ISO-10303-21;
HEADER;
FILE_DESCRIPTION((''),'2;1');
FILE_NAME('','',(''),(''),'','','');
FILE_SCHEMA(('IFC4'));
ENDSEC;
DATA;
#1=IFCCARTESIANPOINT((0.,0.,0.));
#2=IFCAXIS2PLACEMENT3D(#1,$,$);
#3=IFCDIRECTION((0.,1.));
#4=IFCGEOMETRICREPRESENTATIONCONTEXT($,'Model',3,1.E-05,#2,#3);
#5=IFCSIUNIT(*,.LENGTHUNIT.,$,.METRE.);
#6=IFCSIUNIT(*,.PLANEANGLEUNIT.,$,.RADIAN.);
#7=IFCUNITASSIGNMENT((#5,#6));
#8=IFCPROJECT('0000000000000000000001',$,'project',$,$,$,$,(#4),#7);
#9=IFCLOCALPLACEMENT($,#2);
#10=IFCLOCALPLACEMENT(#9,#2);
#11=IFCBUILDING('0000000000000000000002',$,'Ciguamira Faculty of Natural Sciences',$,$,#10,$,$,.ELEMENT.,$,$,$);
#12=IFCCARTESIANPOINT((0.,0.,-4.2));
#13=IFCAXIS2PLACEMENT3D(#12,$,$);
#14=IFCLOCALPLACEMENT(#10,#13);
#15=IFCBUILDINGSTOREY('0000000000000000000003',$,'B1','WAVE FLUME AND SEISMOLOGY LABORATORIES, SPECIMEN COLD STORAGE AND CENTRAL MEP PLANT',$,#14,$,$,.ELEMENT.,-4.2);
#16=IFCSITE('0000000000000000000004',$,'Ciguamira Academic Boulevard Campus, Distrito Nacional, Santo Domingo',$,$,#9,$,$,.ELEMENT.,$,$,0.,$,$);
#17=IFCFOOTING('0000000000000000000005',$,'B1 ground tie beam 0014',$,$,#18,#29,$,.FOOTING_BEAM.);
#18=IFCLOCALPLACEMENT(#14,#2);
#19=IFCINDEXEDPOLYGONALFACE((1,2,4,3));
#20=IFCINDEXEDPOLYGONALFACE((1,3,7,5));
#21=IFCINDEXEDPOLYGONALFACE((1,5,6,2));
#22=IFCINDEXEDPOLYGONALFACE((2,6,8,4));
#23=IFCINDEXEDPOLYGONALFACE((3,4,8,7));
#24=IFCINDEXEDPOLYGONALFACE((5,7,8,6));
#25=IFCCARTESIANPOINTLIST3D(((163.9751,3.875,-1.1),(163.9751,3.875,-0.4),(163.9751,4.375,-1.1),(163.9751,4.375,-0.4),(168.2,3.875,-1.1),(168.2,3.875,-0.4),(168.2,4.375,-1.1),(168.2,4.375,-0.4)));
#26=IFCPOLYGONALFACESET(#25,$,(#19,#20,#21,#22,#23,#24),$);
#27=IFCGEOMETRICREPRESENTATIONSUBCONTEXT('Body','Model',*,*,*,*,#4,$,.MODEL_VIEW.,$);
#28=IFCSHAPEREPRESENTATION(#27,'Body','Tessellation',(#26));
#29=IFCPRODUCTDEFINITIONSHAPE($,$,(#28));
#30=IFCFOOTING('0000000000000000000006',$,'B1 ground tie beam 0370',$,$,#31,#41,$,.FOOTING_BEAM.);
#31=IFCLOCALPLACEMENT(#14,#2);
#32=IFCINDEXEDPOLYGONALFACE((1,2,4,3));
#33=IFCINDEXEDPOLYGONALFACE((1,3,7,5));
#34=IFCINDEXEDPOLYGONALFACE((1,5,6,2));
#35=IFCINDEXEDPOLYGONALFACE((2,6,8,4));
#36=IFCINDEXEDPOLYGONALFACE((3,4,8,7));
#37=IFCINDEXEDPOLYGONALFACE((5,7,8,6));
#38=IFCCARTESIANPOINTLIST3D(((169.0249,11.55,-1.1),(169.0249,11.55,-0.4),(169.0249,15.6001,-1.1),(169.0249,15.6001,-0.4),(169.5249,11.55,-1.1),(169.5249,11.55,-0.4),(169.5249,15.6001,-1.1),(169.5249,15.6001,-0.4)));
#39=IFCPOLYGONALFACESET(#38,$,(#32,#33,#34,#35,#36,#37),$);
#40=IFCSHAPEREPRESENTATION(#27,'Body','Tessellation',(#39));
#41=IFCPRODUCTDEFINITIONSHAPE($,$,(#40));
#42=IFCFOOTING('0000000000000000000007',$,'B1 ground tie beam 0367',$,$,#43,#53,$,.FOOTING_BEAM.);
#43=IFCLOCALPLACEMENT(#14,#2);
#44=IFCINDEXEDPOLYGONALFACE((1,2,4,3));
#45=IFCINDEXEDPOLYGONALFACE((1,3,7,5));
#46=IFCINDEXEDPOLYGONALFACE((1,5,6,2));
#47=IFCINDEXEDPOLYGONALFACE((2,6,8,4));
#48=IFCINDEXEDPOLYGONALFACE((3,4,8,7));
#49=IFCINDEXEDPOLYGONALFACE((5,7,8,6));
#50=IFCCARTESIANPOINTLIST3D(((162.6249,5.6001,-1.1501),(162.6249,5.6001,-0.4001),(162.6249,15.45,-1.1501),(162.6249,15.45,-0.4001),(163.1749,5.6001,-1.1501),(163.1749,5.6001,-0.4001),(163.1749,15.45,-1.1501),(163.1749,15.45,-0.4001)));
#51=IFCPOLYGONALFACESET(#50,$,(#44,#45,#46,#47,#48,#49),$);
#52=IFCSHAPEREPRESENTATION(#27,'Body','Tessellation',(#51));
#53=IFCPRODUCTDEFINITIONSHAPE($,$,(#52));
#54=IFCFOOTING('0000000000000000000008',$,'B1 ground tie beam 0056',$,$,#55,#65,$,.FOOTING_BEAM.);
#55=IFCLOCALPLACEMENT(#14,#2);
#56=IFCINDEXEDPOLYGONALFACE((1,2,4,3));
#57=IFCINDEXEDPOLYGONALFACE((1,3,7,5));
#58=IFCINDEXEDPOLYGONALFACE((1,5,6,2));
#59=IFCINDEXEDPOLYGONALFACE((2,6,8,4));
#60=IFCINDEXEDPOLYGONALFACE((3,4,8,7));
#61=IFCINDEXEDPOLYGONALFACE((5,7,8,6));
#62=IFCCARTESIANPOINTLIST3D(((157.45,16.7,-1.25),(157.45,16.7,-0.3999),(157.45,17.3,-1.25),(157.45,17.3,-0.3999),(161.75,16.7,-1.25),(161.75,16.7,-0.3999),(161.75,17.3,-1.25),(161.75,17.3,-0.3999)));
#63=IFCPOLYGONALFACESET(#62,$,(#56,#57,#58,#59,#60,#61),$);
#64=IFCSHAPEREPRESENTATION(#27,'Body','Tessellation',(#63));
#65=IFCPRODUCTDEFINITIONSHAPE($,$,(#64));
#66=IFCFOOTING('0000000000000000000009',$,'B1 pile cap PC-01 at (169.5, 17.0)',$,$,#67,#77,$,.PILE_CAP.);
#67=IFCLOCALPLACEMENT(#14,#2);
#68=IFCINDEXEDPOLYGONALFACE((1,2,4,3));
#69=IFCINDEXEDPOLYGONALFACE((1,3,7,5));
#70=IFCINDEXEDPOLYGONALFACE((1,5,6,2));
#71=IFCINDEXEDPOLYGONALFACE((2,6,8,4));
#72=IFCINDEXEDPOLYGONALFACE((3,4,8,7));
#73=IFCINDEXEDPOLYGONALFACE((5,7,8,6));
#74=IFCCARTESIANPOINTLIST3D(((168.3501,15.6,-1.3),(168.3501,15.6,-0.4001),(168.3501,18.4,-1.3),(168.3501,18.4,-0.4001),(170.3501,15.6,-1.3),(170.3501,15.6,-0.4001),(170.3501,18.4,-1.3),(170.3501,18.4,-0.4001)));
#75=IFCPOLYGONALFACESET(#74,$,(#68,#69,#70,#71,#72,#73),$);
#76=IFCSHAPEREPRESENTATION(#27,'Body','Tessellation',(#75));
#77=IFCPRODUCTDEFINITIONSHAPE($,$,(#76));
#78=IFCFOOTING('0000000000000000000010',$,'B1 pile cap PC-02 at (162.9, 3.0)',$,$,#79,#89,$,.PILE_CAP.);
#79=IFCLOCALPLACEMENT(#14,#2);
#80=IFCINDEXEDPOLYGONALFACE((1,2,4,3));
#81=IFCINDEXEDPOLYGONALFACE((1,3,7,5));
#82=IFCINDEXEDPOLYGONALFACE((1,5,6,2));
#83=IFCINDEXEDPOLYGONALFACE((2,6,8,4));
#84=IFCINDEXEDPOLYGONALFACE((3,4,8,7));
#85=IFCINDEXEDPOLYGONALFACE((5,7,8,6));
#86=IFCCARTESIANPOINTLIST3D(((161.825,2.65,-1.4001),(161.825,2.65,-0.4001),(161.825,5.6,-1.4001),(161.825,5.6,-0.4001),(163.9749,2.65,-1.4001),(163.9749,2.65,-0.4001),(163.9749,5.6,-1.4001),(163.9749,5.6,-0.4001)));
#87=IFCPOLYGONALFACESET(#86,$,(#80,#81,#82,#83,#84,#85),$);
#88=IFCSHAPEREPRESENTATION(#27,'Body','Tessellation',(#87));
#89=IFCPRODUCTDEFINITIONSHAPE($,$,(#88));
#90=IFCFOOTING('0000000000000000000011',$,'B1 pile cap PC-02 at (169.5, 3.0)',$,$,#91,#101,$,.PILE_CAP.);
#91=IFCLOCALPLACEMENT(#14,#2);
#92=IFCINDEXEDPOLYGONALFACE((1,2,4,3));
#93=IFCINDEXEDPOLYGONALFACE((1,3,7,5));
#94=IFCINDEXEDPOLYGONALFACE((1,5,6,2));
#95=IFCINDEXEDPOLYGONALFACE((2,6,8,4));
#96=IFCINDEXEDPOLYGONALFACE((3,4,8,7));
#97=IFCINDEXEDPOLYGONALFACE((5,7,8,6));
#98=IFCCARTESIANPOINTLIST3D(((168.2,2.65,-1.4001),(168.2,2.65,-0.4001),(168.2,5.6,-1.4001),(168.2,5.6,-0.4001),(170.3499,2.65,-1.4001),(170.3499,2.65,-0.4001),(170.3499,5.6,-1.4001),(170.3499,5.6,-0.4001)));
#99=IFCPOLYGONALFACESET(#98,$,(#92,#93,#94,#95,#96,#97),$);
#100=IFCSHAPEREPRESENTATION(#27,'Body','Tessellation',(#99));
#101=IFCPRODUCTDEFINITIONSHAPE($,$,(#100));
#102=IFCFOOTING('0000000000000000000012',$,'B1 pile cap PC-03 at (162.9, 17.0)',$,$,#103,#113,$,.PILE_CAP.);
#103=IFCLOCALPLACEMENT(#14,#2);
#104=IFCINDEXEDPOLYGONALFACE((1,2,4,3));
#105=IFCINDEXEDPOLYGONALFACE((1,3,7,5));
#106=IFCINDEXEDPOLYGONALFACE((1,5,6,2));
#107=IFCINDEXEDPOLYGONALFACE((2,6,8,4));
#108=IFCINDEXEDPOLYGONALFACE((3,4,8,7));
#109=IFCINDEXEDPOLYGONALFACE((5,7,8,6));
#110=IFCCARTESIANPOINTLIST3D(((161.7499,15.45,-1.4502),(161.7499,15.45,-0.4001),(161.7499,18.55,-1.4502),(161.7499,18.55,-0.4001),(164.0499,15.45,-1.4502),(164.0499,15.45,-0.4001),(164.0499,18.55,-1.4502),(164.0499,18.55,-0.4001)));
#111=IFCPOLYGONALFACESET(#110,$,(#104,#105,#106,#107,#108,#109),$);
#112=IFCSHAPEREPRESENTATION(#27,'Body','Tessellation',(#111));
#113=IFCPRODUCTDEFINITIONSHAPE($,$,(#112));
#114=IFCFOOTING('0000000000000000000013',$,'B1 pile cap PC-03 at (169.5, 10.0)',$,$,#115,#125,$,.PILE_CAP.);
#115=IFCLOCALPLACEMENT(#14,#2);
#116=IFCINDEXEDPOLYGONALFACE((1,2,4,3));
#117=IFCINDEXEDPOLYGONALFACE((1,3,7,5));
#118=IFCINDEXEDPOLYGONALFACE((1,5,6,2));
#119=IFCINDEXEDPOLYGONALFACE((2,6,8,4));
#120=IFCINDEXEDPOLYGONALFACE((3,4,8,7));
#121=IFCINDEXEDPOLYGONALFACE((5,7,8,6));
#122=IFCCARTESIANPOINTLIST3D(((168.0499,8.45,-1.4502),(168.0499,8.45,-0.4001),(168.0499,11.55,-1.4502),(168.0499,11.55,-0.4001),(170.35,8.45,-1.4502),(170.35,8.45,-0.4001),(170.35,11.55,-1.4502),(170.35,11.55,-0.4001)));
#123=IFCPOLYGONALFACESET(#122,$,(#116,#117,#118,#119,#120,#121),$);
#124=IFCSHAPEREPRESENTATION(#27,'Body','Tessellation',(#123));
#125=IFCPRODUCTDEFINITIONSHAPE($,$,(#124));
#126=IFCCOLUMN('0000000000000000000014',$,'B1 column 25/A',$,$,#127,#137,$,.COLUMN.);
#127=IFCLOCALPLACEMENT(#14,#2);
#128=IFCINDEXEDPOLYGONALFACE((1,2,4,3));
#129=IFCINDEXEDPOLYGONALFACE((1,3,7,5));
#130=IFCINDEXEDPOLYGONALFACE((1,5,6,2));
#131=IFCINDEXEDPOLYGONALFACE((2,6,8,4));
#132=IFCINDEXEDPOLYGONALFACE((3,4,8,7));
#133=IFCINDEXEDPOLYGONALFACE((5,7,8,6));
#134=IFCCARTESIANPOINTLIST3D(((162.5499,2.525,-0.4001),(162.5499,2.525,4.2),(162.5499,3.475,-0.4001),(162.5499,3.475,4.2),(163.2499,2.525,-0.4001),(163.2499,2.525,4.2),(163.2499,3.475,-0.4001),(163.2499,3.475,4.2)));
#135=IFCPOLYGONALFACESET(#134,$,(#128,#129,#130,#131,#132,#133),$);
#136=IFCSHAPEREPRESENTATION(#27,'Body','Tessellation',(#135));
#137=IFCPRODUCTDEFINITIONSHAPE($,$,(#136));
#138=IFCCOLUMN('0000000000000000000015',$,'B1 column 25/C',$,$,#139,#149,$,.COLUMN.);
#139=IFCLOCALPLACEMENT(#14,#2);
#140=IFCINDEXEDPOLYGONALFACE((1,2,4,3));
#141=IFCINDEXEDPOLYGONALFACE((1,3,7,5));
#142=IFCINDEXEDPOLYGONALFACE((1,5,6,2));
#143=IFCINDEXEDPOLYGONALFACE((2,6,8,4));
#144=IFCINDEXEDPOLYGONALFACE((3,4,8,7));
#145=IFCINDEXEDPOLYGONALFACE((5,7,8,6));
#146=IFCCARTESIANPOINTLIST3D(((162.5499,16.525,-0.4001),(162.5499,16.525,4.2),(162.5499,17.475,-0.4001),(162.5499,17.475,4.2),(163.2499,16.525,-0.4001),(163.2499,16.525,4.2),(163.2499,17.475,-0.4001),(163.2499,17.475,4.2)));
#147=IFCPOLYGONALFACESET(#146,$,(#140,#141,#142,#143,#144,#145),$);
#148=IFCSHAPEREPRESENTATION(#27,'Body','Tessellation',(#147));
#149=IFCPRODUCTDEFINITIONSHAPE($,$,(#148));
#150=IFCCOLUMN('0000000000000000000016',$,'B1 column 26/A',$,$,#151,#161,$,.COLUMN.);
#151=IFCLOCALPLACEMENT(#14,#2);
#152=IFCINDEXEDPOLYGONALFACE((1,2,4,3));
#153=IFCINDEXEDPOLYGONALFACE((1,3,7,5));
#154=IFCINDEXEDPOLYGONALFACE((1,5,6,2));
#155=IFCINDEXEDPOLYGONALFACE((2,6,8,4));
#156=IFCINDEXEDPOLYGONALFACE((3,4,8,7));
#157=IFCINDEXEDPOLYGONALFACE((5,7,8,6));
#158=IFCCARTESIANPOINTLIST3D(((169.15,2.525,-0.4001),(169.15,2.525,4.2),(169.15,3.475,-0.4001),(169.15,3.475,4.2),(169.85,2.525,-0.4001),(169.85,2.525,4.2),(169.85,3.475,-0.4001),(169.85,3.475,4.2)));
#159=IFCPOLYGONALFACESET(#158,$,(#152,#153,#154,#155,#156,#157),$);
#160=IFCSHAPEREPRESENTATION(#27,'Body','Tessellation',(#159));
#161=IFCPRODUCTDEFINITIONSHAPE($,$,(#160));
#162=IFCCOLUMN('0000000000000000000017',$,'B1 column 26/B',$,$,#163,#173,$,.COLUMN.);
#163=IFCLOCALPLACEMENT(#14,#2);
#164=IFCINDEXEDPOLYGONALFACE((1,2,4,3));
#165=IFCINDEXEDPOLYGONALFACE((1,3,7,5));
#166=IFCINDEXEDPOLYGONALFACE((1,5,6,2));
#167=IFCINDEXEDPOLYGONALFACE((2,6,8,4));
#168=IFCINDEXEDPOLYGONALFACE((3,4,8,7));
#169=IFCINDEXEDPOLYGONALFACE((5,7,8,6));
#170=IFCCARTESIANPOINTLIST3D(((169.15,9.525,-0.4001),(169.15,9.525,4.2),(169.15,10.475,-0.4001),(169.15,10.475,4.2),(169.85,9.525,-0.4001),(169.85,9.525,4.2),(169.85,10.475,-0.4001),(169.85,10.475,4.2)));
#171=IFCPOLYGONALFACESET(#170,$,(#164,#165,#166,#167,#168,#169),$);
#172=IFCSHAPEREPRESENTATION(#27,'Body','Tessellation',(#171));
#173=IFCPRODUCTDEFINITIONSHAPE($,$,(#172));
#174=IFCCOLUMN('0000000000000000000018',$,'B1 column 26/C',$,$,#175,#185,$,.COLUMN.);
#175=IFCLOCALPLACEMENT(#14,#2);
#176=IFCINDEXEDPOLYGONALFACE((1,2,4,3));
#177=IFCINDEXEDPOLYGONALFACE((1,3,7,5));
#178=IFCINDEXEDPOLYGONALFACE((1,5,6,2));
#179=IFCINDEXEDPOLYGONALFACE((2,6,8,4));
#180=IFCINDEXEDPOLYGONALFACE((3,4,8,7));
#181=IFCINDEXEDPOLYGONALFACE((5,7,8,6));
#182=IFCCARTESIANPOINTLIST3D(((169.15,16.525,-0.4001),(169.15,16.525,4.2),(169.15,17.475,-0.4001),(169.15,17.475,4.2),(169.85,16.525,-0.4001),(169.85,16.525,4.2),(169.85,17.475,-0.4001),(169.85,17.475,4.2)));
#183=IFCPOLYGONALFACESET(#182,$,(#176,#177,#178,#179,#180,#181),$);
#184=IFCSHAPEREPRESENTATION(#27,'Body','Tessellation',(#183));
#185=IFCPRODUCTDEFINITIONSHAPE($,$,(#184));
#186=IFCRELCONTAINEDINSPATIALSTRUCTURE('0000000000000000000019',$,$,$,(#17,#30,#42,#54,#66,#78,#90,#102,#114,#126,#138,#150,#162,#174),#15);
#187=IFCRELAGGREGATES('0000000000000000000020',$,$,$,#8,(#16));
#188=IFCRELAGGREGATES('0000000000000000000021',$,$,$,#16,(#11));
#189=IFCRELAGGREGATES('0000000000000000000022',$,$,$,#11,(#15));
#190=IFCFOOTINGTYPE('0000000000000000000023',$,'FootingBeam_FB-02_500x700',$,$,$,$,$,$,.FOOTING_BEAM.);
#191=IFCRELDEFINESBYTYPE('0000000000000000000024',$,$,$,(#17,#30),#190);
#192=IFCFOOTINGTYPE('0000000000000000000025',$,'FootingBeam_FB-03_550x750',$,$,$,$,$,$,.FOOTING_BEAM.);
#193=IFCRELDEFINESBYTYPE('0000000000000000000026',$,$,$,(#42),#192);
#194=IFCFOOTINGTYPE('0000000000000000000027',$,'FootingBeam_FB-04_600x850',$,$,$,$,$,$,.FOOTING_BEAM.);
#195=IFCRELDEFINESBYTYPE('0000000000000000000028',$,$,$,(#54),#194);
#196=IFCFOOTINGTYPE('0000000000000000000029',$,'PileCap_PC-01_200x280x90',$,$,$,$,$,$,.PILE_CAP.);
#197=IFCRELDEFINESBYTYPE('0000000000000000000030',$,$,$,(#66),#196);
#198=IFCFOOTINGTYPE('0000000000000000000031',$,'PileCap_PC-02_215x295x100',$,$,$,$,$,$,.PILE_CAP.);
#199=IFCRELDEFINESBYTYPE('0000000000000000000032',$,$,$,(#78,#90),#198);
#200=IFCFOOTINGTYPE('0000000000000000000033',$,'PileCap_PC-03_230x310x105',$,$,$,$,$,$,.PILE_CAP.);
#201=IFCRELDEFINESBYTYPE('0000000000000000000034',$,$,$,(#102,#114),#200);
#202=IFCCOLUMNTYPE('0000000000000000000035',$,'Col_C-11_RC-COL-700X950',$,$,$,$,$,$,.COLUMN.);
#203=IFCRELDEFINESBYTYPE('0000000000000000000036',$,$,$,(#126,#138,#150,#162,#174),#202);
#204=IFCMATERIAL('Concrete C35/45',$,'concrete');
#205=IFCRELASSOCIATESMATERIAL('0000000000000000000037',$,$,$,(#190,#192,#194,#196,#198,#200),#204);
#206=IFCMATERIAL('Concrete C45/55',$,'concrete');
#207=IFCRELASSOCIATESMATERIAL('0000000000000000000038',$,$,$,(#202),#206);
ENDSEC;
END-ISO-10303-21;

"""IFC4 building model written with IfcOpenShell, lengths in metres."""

from ifc_helpers import new_model, si_unit, direction, frame, origin, origin_2d, place, context, subcontext, project, spatial, rectangle, extrude, material, material_profile, profile_set, type_object, element, save


model = new_model("IFC4")

# Units and contexts
model_context = context("Model", 3, precision=1e-05, world=origin(), true_north=direction((0.0, 1.0)))
body_context = subcontext(model_context, "Body", "Model", "MODEL_VIEW")
ifc_project = project(units=[si_unit("LENGTHUNIT", "METRE"), si_unit("PLANEANGLEUNIT", "RADIAN")], contexts=[model_context])

# Site, building, storey
site_placement = place(None, origin())
site = spatial("IfcSite", under=ifc_project, at=site_placement, Name="Ciguamira Academic Boulevard Campus, Distrito Nacional, Santo Domingo", CompositionType="ELEMENT", RefElevation=0.0)
building_placement = place(site_placement, origin())
building = spatial("IfcBuilding", under=site, at=building_placement, Name="Ciguamira Faculty of Natural Sciences", CompositionType="ELEMENT")
storey_placement = place(building_placement, frame((0.0, 0.0, -4.2)))
storey = spatial("IfcBuildingStorey", under=building, at=storey_placement, Name="B1", Description="WAVE FLUME AND SEISMOLOGY LABORATORIES, SPECIMEN COLD STORAGE AND CENTRAL MEP PLANT", CompositionType="ELEMENT", Elevation=-4.2)

# Shared definitions
ifc_material_1 = material(Name="Concrete C35/45", Category="concrete")

# Footings
ifc_material_profile_1 = material_profile(ifc_material_1, rectangle(XDim=0.5, YDim=0.7, at=origin_2d()), Name="RC-FB-500X700")
ifc_profile_set_1 = profile_set([ifc_material_profile_1], Name="Concrete C35/45")
footing_type_1 = type_object("IfcFootingType", Name="FootingBeam_FB-02_500x700", PredefinedType="FOOTING_BEAM", material=ifc_profile_set_1)
footing_1_placement = place(storey_placement, frame((163.9751, 4.125, -0.75), z_axis=(1.0, 0.0, 0.0), x_axis=(0.0, 1.0, 0.0)))
element("IfcFooting", 1, at=footing_1_placement, inside=storey, type_object=footing_type_1, Name="B1 ground tie beam 0014", PredefinedType="FOOTING_BEAM", context=body_context, shape_type="SweptSolid", body=[
    extrude(rectangle(XDim=0.5, YDim=0.7, at=origin_2d()), origin(), (0.0, 0.0, 1.0), 4.2249),
])
footing_2_placement = place(storey_placement, frame((169.2749, 11.55, -0.75), z_axis=(0.0, 1.0, 0.0), x_axis=(-1.0, 0.0, 0.0)))
element("IfcFooting", 2, at=footing_2_placement, inside=storey, type_object=footing_type_1, Name="B1 ground tie beam 0370", PredefinedType="FOOTING_BEAM", context=body_context, shape_type="SweptSolid", body=[
    extrude(rectangle(XDim=0.5, YDim=0.7, at=origin_2d()), origin(), (0.0, 0.0, 1.0), 4.05),
])
ifc_material_profile_2 = material_profile(ifc_material_1, rectangle(XDim=0.55, YDim=0.75, at=origin_2d()), Name="RC-FB-550X750")
ifc_profile_set_2 = profile_set([ifc_material_profile_2], Name="Concrete C35/45")
footing_type_2 = type_object("IfcFootingType", Name="FootingBeam_FB-03_550x750", PredefinedType="FOOTING_BEAM", material=ifc_profile_set_2)
footing_3_placement = place(storey_placement, frame((162.8999, 5.6001, -0.7751), z_axis=(0.0, 1.0, 0.0), x_axis=(-1.0, 0.0, 0.0)))
element("IfcFooting", 3, at=footing_3_placement, inside=storey, type_object=footing_type_2, Name="B1 ground tie beam 0367", PredefinedType="FOOTING_BEAM", context=body_context, shape_type="SweptSolid", body=[
    extrude(rectangle(XDim=0.55, YDim=0.75, at=origin_2d()), origin(), (0.0, 0.0, 1.0), 9.8499),
])
ifc_material_profile_3 = material_profile(ifc_material_1, rectangle(XDim=0.6001, YDim=0.8501, at=origin_2d()), Name="RC-FB-600X850")
ifc_profile_set_3 = profile_set([ifc_material_profile_3], Name="Concrete C35/45")
footing_type_3 = type_object("IfcFootingType", Name="FootingBeam_FB-04_600x850", PredefinedType="FOOTING_BEAM", material=ifc_profile_set_3)
footing_4_placement = place(storey_placement, frame((157.45, 17.0, -0.825), z_axis=(1.0, 0.0, 0.0), x_axis=(0.0, 1.0, 0.0)))
element("IfcFooting", 4, at=footing_4_placement, inside=storey, type_object=footing_type_3, Name="B1 ground tie beam 0056", PredefinedType="FOOTING_BEAM", context=body_context, shape_type="SweptSolid", body=[
    extrude(rectangle(XDim=0.6001, YDim=0.8501, at=origin_2d()), origin(), (0.0, 0.0, 1.0), 4.3),
])
footing_type_4 = type_object("IfcFootingType", Name="PileCap_PC-01_200x280x90", PredefinedType="PILE_CAP", material=ifc_material_1)
footing_5_placement = place(storey_placement, frame((169.3501, 17.0, -1.3), z_axis=(0.0, 0.0, 1.0), x_axis=(1.0, 0.0, 0.0)))
element("IfcFooting", 5, at=footing_5_placement, inside=storey, type_object=footing_type_4, Name="B1 pile cap PC-01 at (169.5, 17.0)", PredefinedType="PILE_CAP", context=body_context, shape_type="SweptSolid", body=[
    extrude(rectangle(XDim=2.0, YDim=2.8, at=origin_2d()), origin(), (0.0, 0.0, 1.0), 0.8999),
])
footing_type_5 = type_object("IfcFootingType", Name="PileCap_PC-02_215x295x100", PredefinedType="PILE_CAP", material=ifc_material_1)
for number, where, z_axis, x_axis, name in (
    (6, (162.8999, 4.125, -1.4001), (0.0, 0.0, 1.0), (1.0, 0.0, 0.0), "B1 pile cap PC-02 at (162.9, 3.0)"),
    (7, (169.2749, 4.125, -1.4001), (0.0, 0.0, 1.0), (1.0, 0.0, 0.0), "B1 pile cap PC-02 at (169.5, 3.0)"),
):
    element("IfcFooting", number, at=place(storey_placement, frame(where, z_axis=z_axis, x_axis=x_axis)), inside=storey, type_object=footing_type_5, Name=name, PredefinedType="PILE_CAP", context=body_context, shape_type="SweptSolid", body=[
        extrude(rectangle(XDim=2.1499, YDim=2.95, at=origin_2d()), origin(), (0.0, 0.0, 1.0), 1.0),
    ])
footing_type_6 = type_object("IfcFootingType", Name="PileCap_PC-03_230x310x105", PredefinedType="PILE_CAP", material=ifc_material_1)
for number, where, z_axis, x_axis, name in (
    (8, (162.8999, 17.0, -1.4502), (0.0, 0.0, 1.0), (1.0, 0.0, 0.0), "B1 pile cap PC-03 at (162.9, 17.0)"),
    (9, (169.2, 10.0, -1.4502), (0.0, 0.0, 1.0), (1.0, 0.0, 0.0), "B1 pile cap PC-03 at (169.5, 10.0)"),
):
    element("IfcFooting", number, at=place(storey_placement, frame(where, z_axis=z_axis, x_axis=x_axis)), inside=storey, type_object=footing_type_6, Name=name, PredefinedType="PILE_CAP", context=body_context, shape_type="SweptSolid", body=[
        extrude(rectangle(XDim=2.3, YDim=3.1001, at=origin_2d()), origin(), (0.0, 0.0, 1.0), 1.05),
    ])

# Columns
ifc_material_2 = material(Name="Concrete C45/55", Category="concrete")
ifc_material_profile_4 = material_profile(ifc_material_2, rectangle(XDim=0.7, YDim=0.95, at=origin_2d()), Name="RC-COL-700X950")
ifc_profile_set_4 = profile_set([ifc_material_profile_4], Name="Concrete C45/55")
column_type = type_object("IfcColumnType", Name="Col_C-11_RC-COL-700X950", PredefinedType="COLUMN", material=ifc_profile_set_4)
for number, where, z_axis, x_axis, name in (
    (10, (162.8999, 3.0, -0.4001), (0.0, 0.0, 1.0), (1.0, 0.0, 0.0), "B1 column 25/A"),
    (11, (162.8999, 17.0, -0.4001), (0.0, 0.0, 1.0), (1.0, 0.0, 0.0), "B1 column 25/C"),
    (12, (169.5, 3.0, -0.4001), (0.0, 0.0, 1.0), (1.0, 0.0, 0.0), "B1 column 26/A"),
    (13, (169.5, 10.0, -0.4001), (0.0, 0.0, 1.0), (1.0, 0.0, 0.0), "B1 column 26/B"),
    (14, (169.5, 17.0, -0.4001), (0.0, 0.0, 1.0), (1.0, 0.0, 0.0), "B1 column 26/C"),
):
    element("IfcColumn", number, at=place(storey_placement, frame(where, z_axis=z_axis, x_axis=x_axis)), inside=storey, type_object=column_type, Name=name, PredefinedType="COLUMN", context=body_context, shape_type="SweptSolid", body=[
        extrude(rectangle(XDim=0.7, YDim=0.95, at=origin_2d()), origin(), (0.0, 0.0, 1.0), 4.6001),
    ])

save(model, "model.ifc")
